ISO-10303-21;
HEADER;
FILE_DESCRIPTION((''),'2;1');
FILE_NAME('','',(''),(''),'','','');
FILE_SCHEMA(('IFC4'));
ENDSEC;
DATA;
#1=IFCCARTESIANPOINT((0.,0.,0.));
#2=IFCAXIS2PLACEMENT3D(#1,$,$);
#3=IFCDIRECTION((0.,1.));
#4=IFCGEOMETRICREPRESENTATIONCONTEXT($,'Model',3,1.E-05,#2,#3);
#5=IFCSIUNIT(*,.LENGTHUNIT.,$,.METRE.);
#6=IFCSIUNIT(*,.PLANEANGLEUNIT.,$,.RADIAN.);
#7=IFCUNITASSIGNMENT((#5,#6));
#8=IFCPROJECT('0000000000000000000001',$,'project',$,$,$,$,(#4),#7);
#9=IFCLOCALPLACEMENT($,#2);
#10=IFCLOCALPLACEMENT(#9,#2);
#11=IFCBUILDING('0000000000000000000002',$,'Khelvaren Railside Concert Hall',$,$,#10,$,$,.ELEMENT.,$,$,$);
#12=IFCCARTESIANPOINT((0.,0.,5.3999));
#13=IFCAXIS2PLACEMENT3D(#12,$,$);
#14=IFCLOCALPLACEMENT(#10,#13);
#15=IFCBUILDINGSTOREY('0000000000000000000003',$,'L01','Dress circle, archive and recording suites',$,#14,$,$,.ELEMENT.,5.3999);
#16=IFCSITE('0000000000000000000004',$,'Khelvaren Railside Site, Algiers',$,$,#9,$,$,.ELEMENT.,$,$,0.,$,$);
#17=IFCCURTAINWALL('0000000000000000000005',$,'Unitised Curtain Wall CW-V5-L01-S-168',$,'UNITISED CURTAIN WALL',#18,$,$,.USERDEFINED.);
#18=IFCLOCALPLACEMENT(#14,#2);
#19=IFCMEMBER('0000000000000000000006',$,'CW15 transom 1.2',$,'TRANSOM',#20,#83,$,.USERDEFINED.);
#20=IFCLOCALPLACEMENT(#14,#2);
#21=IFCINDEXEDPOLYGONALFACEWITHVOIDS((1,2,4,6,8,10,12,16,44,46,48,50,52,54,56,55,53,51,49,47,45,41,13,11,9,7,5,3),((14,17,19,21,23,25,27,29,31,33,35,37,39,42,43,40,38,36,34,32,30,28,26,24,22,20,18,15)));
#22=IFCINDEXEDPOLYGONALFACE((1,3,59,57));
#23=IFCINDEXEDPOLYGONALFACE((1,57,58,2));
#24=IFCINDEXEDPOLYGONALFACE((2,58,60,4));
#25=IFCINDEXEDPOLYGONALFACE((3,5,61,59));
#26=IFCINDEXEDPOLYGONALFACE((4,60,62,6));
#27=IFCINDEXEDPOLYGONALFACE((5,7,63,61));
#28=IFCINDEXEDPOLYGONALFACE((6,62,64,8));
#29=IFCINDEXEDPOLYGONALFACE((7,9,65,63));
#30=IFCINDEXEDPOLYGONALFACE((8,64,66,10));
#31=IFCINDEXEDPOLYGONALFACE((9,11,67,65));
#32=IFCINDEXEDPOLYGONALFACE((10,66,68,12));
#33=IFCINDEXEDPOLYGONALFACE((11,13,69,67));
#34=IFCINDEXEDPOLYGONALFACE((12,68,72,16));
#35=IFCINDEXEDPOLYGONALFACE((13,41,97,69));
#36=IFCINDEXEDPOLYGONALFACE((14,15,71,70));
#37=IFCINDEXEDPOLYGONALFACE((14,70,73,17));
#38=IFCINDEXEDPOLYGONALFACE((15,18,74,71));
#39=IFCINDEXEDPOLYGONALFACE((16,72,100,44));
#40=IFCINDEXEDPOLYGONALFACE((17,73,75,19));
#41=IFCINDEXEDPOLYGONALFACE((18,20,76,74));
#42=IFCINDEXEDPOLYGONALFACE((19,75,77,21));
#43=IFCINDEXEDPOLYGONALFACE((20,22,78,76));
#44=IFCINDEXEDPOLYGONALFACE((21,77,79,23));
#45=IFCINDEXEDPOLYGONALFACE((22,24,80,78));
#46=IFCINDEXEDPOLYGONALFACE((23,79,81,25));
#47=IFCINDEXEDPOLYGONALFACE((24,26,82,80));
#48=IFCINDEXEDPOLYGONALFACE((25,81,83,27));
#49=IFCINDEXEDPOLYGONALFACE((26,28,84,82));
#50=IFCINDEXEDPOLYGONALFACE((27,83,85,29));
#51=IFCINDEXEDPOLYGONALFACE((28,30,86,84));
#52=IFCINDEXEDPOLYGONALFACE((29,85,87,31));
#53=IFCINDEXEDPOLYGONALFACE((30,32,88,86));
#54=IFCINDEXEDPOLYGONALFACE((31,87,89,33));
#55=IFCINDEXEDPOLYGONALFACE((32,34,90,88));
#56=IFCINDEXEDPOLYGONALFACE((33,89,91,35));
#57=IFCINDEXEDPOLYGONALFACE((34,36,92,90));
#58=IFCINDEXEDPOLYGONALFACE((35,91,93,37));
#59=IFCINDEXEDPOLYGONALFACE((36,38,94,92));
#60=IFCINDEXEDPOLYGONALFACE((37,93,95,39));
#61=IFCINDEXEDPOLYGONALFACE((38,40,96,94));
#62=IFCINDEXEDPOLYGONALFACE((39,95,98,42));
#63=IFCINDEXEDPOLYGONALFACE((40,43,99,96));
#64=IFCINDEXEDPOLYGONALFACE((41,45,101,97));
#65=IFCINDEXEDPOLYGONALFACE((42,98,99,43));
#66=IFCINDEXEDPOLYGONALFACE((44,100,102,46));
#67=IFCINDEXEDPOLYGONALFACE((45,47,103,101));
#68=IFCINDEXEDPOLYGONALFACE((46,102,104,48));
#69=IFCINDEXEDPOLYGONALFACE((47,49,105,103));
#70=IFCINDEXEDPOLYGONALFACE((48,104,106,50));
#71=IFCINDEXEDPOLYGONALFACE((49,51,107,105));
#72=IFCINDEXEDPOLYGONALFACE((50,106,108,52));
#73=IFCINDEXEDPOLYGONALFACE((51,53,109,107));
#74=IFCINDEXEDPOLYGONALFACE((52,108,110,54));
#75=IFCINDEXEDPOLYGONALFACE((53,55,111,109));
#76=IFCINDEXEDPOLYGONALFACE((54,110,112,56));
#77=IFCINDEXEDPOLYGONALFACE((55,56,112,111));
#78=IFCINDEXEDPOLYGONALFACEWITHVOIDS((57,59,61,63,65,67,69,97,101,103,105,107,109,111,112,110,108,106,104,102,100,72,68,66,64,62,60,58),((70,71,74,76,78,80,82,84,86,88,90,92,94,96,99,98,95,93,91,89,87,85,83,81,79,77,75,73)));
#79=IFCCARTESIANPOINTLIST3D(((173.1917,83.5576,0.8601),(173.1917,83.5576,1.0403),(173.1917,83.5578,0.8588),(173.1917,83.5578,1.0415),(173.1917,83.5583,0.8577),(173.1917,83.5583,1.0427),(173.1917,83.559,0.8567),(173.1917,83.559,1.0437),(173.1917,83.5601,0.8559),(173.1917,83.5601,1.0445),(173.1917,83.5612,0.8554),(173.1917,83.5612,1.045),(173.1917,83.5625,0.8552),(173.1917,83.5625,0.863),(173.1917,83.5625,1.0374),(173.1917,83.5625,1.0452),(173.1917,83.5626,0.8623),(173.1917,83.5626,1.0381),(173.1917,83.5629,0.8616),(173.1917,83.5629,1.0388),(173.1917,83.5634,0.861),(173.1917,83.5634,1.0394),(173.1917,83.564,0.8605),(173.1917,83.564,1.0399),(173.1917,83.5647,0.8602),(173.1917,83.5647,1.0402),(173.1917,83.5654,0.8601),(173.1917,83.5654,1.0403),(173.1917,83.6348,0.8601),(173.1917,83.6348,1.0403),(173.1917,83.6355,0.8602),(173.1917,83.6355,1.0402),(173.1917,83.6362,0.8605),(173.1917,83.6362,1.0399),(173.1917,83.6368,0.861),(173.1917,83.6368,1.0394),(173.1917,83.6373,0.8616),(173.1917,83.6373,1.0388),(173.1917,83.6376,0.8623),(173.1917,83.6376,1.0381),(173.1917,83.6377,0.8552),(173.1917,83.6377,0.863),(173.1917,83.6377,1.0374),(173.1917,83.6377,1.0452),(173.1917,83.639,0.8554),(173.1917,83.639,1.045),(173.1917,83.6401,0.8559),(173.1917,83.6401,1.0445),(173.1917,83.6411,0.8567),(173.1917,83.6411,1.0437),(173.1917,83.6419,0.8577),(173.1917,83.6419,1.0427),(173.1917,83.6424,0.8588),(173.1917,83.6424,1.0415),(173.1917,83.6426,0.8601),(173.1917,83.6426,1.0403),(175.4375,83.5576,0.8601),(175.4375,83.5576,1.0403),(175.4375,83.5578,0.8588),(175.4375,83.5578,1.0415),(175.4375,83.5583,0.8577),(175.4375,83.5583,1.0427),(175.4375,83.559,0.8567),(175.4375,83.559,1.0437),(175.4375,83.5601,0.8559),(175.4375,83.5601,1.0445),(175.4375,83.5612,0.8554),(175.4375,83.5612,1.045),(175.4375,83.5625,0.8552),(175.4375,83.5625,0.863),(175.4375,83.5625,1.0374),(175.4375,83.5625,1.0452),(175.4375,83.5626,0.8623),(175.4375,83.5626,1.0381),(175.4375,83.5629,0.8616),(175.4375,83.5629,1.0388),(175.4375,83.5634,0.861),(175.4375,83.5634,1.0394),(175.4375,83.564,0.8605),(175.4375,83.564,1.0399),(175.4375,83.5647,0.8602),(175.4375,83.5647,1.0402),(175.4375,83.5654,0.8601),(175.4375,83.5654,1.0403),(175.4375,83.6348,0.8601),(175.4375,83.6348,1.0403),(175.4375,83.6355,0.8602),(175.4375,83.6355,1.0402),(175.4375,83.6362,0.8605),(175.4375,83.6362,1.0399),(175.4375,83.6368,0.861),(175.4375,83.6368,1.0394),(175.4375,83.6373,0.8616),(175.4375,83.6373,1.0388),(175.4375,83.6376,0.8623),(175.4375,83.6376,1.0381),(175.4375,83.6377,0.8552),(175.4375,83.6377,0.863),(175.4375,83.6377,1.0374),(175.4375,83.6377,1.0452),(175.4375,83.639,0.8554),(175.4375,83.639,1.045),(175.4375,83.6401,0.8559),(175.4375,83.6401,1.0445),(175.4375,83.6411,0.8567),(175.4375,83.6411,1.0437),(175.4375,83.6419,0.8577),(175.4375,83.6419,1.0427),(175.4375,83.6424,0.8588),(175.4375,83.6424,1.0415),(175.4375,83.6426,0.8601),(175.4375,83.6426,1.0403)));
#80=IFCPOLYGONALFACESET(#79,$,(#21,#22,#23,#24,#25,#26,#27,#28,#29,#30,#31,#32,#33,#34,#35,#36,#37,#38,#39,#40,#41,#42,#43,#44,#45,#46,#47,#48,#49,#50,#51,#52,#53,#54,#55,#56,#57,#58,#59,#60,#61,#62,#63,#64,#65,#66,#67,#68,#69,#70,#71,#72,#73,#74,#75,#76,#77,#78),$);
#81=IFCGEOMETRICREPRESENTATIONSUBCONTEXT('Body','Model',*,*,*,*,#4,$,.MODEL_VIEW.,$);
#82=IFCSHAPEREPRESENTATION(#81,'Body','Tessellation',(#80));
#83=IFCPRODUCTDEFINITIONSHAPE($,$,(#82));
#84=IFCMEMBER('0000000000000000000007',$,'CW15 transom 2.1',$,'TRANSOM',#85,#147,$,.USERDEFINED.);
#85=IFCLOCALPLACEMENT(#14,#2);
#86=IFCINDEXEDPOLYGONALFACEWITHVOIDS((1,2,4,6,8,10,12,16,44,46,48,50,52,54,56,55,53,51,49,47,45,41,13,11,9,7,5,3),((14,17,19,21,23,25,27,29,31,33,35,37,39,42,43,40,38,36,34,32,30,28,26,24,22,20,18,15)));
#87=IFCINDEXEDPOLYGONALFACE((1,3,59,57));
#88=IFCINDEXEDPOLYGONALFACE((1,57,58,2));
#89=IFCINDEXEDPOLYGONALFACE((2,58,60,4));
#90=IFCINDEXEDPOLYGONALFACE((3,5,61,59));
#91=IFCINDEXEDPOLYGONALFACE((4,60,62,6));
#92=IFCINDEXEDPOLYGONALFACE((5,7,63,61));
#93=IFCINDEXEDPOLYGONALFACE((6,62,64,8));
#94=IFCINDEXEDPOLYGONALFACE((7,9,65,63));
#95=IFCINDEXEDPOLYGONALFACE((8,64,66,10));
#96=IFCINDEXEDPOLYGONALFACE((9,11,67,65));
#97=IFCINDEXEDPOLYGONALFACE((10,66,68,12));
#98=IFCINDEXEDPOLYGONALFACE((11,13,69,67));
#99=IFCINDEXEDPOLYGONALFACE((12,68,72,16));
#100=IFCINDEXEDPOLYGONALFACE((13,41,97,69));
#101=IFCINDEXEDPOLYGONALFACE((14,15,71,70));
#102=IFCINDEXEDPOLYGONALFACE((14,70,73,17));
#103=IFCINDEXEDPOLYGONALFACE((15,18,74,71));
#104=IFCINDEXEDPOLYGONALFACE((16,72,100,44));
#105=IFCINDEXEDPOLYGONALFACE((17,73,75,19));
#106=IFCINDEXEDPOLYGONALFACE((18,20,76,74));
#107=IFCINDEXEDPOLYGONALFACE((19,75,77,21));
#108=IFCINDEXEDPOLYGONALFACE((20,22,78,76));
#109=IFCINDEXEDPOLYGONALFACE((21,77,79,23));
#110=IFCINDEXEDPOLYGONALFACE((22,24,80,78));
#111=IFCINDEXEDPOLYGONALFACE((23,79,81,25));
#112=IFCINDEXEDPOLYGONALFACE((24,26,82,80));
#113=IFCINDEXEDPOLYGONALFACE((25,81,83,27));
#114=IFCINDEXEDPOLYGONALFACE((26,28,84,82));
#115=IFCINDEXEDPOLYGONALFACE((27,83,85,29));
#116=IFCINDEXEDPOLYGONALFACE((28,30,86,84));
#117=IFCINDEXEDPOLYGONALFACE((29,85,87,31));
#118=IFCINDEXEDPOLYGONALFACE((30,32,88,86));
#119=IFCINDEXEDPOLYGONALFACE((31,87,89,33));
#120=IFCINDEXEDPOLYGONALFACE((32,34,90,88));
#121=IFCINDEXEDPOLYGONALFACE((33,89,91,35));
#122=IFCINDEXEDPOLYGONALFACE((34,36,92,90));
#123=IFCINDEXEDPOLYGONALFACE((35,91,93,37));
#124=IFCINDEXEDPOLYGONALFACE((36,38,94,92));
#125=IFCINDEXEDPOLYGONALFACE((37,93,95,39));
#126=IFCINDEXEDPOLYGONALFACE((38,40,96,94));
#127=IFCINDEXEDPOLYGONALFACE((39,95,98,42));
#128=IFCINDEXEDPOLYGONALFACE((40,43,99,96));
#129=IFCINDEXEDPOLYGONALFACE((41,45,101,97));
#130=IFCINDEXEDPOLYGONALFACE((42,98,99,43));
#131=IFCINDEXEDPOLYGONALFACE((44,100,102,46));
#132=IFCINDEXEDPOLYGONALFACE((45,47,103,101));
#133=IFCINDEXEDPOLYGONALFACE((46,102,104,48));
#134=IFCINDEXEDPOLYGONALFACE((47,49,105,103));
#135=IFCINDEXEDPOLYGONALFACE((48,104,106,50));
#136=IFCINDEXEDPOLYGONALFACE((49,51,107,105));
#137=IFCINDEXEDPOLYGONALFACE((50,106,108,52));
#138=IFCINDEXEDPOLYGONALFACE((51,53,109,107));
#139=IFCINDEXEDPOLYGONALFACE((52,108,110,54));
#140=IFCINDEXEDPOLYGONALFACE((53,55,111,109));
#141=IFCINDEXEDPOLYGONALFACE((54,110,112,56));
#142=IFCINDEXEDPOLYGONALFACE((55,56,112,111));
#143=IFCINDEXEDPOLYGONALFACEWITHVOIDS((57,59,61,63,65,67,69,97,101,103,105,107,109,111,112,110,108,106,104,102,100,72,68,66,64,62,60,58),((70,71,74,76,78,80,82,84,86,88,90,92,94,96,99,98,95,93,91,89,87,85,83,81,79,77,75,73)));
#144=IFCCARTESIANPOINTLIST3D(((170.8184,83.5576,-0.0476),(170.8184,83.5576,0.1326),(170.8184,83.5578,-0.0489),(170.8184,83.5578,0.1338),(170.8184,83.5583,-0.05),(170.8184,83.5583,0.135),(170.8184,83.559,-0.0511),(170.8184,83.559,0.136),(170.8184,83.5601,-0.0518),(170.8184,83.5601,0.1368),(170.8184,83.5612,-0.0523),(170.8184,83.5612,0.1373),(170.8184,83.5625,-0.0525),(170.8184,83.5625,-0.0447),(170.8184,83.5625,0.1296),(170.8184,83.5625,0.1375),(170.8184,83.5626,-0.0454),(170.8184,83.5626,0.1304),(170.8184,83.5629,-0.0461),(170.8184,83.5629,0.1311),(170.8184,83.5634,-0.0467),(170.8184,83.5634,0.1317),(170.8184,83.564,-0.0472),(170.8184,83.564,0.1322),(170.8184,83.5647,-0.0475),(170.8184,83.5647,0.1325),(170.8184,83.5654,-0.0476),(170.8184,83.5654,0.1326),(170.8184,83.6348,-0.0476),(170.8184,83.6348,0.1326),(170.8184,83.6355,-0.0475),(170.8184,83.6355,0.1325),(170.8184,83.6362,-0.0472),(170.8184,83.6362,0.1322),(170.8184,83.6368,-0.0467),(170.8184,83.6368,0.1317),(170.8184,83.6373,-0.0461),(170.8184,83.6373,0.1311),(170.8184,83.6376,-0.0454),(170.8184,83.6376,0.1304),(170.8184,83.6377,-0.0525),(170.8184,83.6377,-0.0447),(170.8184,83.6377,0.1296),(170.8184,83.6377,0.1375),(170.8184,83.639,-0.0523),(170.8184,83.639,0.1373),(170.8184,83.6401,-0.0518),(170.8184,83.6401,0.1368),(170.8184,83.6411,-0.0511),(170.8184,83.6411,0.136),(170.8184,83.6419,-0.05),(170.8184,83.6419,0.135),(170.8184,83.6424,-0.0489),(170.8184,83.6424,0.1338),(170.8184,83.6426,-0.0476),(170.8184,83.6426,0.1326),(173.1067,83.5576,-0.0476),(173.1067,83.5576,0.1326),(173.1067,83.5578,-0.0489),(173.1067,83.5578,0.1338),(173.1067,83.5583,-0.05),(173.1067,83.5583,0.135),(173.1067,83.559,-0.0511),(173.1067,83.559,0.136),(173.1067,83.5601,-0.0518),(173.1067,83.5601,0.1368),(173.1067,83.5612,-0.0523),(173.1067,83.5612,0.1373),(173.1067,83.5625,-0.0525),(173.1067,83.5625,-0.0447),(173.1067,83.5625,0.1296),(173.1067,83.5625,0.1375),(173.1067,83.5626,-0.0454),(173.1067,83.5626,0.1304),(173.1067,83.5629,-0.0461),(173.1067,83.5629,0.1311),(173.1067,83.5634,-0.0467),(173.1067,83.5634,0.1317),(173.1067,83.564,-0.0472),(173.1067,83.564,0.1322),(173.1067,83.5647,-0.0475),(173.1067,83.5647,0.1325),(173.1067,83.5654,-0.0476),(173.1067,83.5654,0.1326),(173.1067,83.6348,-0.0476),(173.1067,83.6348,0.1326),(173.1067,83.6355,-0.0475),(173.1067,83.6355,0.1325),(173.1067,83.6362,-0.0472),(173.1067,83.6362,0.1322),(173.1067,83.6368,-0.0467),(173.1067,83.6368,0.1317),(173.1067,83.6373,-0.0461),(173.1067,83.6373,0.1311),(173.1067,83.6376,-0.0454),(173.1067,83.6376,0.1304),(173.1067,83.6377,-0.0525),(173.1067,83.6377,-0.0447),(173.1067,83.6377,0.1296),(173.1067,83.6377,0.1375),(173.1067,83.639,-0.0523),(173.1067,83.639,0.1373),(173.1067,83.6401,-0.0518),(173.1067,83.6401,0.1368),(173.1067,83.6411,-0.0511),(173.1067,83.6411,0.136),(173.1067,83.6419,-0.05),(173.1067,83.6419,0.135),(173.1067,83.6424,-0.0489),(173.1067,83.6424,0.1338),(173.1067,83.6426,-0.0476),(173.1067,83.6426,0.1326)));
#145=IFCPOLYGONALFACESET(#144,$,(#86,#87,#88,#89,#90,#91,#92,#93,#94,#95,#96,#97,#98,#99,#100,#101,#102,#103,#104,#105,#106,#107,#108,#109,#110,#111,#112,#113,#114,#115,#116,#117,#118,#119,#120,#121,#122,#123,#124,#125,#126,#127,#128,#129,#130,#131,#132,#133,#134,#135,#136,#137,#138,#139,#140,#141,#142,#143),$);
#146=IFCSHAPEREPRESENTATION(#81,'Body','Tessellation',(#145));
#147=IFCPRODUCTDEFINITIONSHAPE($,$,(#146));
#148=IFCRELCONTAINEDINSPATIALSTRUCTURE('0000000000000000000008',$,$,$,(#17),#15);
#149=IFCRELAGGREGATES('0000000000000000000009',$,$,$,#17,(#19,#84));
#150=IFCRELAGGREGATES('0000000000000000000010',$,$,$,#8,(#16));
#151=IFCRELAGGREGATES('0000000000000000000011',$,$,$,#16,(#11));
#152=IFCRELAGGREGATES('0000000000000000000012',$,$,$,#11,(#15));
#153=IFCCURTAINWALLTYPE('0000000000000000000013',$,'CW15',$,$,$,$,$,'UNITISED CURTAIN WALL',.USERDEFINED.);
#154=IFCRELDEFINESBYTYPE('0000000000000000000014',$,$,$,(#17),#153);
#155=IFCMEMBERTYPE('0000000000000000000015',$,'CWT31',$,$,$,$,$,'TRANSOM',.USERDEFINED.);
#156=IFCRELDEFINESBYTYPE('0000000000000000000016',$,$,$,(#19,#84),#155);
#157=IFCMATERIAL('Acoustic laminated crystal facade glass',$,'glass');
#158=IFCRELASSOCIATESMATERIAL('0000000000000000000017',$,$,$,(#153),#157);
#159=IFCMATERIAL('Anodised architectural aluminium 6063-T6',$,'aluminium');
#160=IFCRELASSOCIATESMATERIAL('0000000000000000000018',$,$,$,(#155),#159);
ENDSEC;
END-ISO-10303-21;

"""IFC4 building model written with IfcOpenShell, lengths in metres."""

from ifc_helpers import new_model, si_unit, direction, frame, origin, origin_2d, place, context, subcontext, project, spatial, hollow_rectangle, extrude, material, material_profile, profile_set, type_object, element, aggregate, save


model = new_model("IFC4")

# Units and contexts
model_context = context("Model", 3, precision=1e-05, world=origin(), true_north=direction((0.0, 1.0)))
body_context = subcontext(model_context, "Body", "Model", "MODEL_VIEW")
ifc_project = project(units=[si_unit("LENGTHUNIT", "METRE"), si_unit("PLANEANGLEUNIT", "RADIAN")], contexts=[model_context])

# Site, building, storey
site_placement = place(None, origin())
site = spatial("IfcSite", under=ifc_project, at=site_placement, Name="Khelvaren Railside Site, Algiers", CompositionType="ELEMENT", RefElevation=0.0)
building_placement = place(site_placement, origin())
building = spatial("IfcBuilding", under=site, at=building_placement, Name="Khelvaren Railside Concert Hall", CompositionType="ELEMENT")
storey_placement = place(building_placement, frame((0.0, 0.0, 5.3999)))
storey = spatial("IfcBuildingStorey", under=building, at=storey_placement, Name="L01", Description="Dress circle, archive and recording suites", CompositionType="ELEMENT", Elevation=5.3999)

# Curtain wall, members
ifc_material_1 = material(Name="Acoustic laminated crystal facade glass", Category="glass")
curtain_wall_type = type_object("IfcCurtainWallType", Name="CW15", ElementType="UNITISED CURTAIN WALL", PredefinedType="USERDEFINED", material=ifc_material_1)
curtain_wall_placement = place(storey_placement, origin())
curtain_wall = element("IfcCurtainWall", 1, at=curtain_wall_placement, inside=storey, type_object=curtain_wall_type, Name="Unitised Curtain Wall CW-V5-L01-S-168", ObjectType="UNITISED CURTAIN WALL", PredefinedType="USERDEFINED")
ifc_material_2 = material(Name="Anodised architectural aluminium 6063-T6", Category="aluminium")
ifc_material_profile_1 = material_profile(ifc_material_2, hollow_rectangle(XDim=0.085, YDim=0.1899, WallThickness=0.0049, InnerFilletRadius=0.0029, OuterFilletRadius=0.0049, at=origin_2d()), Name="CWT 85x190x5")
ifc_profile_set_1 = profile_set([ifc_material_profile_1], Name="Anodised architectural aluminium 6063-T6")
member_type_1 = type_object("IfcMemberType", Name="CWT31", ElementType="TRANSOM", PredefinedType="USERDEFINED", material=ifc_profile_set_1)
member_1_placement = place(storey_placement, frame((175.4375, 83.6001, 0.9502), z_axis=(-1.0, 0.0, 0.0), x_axis=(0.0, -1.0, 0.0)))
member_1 = element("IfcMember", 2, at=member_1_placement, type_object=member_type_1, Name="CW15 transom 1.2", ObjectType="TRANSOM", PredefinedType="USERDEFINED", context=body_context, shape_type="SweptSolid", body=[
    extrude(hollow_rectangle(XDim=0.085, YDim=0.1899, WallThickness=0.0049, InnerFilletRadius=0.0029, OuterFilletRadius=0.0049, at=origin_2d()), origin(), (0.0, 0.0, 1.0), 2.2458),
])
member_2_placement = place(storey_placement, frame((173.1067, 83.6001, 0.0425), z_axis=(-1.0, 0.0, 0.0), x_axis=(0.0, -1.0, 0.0)))
member_2 = element("IfcMember", 3, at=member_2_placement, type_object=member_type_1, Name="CW15 transom 2.1", ObjectType="TRANSOM", PredefinedType="USERDEFINED", context=body_context, shape_type="SweptSolid", body=[
    extrude(hollow_rectangle(XDim=0.085, YDim=0.1899, WallThickness=0.0049, InnerFilletRadius=0.0029, OuterFilletRadius=0.0049, at=origin_2d()), origin(), (0.0, 0.0, 1.0), 2.2883),
])

aggregate(curtain_wall, [member_1, member_2])

save(model, "model.ifc")
